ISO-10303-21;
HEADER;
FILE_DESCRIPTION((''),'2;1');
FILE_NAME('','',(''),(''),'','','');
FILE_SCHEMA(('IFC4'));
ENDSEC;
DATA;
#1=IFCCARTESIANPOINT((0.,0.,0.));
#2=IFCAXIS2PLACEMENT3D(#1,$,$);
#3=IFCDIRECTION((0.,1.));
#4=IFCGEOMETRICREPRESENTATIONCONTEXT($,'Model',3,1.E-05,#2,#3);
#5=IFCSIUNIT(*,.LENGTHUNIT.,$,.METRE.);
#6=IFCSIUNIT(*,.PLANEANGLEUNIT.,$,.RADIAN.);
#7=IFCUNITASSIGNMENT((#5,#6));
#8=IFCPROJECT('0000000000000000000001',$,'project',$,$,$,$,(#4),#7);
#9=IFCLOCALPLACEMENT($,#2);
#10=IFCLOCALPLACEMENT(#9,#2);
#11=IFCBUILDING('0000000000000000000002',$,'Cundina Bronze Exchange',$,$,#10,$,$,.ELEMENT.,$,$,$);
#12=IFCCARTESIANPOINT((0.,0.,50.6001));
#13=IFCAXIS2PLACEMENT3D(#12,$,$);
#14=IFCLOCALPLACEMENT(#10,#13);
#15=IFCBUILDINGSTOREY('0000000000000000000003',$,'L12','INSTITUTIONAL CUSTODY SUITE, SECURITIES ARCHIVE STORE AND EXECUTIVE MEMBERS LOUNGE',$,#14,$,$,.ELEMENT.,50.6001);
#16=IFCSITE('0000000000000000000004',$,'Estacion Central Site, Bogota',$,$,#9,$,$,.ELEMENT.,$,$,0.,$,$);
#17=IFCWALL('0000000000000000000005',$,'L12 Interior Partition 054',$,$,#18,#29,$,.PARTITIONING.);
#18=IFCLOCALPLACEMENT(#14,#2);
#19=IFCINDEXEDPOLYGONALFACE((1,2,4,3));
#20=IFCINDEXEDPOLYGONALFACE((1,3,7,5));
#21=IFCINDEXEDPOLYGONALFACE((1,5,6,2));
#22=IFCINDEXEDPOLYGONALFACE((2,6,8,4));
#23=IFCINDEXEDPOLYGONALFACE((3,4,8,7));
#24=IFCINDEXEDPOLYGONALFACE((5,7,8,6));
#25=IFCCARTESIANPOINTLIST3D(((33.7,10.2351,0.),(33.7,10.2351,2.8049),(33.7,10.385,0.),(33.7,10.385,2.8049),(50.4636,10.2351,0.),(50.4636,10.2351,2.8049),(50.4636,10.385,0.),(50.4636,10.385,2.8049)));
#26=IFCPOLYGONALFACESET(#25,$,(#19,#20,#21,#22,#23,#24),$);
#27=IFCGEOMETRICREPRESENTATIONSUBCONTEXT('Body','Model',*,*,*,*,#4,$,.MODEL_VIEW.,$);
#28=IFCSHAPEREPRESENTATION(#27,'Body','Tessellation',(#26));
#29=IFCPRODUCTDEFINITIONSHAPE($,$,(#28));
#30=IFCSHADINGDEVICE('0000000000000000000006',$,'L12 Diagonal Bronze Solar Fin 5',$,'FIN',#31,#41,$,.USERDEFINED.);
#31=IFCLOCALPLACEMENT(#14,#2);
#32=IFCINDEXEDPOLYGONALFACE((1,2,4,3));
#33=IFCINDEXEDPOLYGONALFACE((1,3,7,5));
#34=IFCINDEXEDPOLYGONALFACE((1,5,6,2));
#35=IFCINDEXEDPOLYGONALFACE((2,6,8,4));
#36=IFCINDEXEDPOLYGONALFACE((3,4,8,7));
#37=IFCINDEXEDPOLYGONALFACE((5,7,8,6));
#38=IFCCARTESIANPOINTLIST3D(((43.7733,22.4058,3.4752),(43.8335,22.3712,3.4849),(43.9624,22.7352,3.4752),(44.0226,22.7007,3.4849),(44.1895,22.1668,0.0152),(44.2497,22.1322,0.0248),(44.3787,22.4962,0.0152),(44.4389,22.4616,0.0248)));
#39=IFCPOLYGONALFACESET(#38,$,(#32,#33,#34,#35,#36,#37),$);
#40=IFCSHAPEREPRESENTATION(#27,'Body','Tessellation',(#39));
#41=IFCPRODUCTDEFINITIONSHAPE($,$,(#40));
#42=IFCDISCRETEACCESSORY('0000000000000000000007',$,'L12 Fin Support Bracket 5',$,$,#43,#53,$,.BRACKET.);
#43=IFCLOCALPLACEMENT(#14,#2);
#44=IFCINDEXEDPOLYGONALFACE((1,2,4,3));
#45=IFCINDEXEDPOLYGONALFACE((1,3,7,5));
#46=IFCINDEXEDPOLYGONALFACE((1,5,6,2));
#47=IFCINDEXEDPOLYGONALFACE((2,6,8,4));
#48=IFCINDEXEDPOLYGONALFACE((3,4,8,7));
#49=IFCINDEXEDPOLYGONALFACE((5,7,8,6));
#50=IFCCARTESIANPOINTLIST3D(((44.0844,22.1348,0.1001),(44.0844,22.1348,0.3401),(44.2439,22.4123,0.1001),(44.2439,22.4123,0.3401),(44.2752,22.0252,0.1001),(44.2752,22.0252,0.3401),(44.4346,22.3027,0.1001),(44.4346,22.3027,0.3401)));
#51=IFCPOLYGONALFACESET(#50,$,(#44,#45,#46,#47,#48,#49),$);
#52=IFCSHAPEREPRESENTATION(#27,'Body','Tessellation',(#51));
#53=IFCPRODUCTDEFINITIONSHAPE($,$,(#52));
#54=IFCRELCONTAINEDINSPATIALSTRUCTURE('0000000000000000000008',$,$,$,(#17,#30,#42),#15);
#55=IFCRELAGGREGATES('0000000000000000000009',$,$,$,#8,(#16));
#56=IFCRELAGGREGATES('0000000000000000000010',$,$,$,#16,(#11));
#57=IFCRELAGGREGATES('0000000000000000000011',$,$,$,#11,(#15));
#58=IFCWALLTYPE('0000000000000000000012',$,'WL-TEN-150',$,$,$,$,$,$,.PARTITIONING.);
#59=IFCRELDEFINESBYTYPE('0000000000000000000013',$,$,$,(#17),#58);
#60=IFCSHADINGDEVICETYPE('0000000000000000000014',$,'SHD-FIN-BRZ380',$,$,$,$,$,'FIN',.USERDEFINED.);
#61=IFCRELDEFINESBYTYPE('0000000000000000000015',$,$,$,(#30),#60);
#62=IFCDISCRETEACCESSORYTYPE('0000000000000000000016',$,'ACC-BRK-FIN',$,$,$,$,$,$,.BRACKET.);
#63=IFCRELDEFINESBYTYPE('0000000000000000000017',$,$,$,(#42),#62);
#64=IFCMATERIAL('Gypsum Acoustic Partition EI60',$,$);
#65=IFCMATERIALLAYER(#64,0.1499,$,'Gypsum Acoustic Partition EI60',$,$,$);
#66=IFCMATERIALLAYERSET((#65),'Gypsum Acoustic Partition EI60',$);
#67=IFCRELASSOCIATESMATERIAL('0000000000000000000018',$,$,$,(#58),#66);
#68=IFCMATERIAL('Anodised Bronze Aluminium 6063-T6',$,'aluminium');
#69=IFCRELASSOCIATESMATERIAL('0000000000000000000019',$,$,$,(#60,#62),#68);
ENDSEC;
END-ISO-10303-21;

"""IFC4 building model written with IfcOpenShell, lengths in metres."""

from ifc_helpers import new_model, si_unit, direction, frame, frame_2d, origin, origin_2d, place, context, subcontext, project, spatial, rectangle, extrude, material, layer, layer_set, material_profile, profile_set, type_object, element, save


model = new_model("IFC4")

# Units and contexts
model_context = context("Model", 3, precision=1e-05, world=origin(), true_north=direction((0.0, 1.0)))
body_context = subcontext(model_context, "Body", "Model", "MODEL_VIEW")
ifc_project = project(units=[si_unit("LENGTHUNIT", "METRE"), si_unit("PLANEANGLEUNIT", "RADIAN")], contexts=[model_context])

# Site, building, storey
site_placement = place(None, origin())
site = spatial("IfcSite", under=ifc_project, at=site_placement, Name="Estacion Central Site, Bogota", CompositionType="ELEMENT", RefElevation=0.0)
building_placement = place(site_placement, origin())
building = spatial("IfcBuilding", under=site, at=building_placement, Name="Cundina Bronze Exchange", CompositionType="ELEMENT")
storey_placement = place(building_placement, frame((0.0, 0.0, 50.6001)))
storey = spatial("IfcBuildingStorey", under=building, at=storey_placement, Name="L12", Description="INSTITUTIONAL CUSTODY SUITE, SECURITIES ARCHIVE STORE AND EXECUTIVE MEMBERS LOUNGE", CompositionType="ELEMENT", Elevation=50.6001)

# Shared definitions
ifc_material_1 = material(Name="Anodised Bronze Aluminium 6063-T6", Category="aluminium")

# Wall
ifc_material_2 = material(Name="Gypsum Acoustic Partition EI60")
ifc_layer_1 = layer(ifc_material_2, 0.1499, Name="Gypsum Acoustic Partition EI60")
ifc_layer_set_1 = layer_set([ifc_layer_1], Name="Gypsum Acoustic Partition EI60")
wall_type_1 = type_object("IfcWallType", Name="WL-TEN-150", PredefinedType="PARTITIONING", material=ifc_layer_set_1)
wall_1_placement = place(storey_placement, frame((33.7, 10.3101, 0.0), z_axis=(0.0, 0.0, 1.0), x_axis=(1.0, 0.0, 0.0)))
element("IfcWall", 1, at=wall_1_placement, inside=storey, type_object=wall_type_1, Name="L12 Interior Partition 054", PredefinedType="PARTITIONING", context=body_context, shape_type="SweptSolid", body=[
    extrude(rectangle(XDim=16.7637, YDim=0.1499, at=frame_2d((8.3818, 0.0))), origin(), (0.0, 0.0, 1.0), 2.8049),
])

# Shading device
ifc_material_profile_1 = material_profile(ifc_material_1, rectangle(XDim=0.0701, YDim=0.3799, at=origin_2d()), Name="FIN70X380", Category="aluminium")
ifc_profile_set_1 = profile_set([ifc_material_profile_1], Name="Anodised Bronze Aluminium 6063-T6")
shading_device_type = type_object("IfcShadingDeviceType", Name="SHD-FIN-BRZ380", ElementType="FIN", PredefinedType="USERDEFINED", material=ifc_profile_set_1)
shading_device_placement = place(storey_placement, frame((44.3142, 22.3142, 0.02), z_axis=(-0.119166, 0.068425, 0.990514), x_axis=(0.858982, -0.493222, 0.137414)))
element("IfcShadingDevice", 2, at=shading_device_placement, inside=storey, type_object=shading_device_type, Name="L12 Diagonal Bronze Solar Fin 5", ObjectType="FIN", PredefinedType="USERDEFINED", context=body_context, shape_type="SweptSolid", body=[
    extrude(rectangle(XDim=0.0701, YDim=0.3799, at=origin_2d()), origin(), (0.0, 0.0, 1.0), 3.4932),
])

# Discrete accessory
discrete_accessory_type = type_object("IfcDiscreteAccessoryType", Name="ACC-BRK-FIN", PredefinedType="BRACKET", material=ifc_material_1)
discrete_accessory_placement = place(storey_placement, frame((44.2595, 22.2188, 0.1001), z_axis=(0.0, 0.0, 1.0), x_axis=(-0.867105, 0.498125, 0.0)))
element("IfcDiscreteAccessory", 3, at=discrete_accessory_placement, inside=storey, type_object=discrete_accessory_type, Name="L12 Fin Support Bracket 5", PredefinedType="BRACKET", context=body_context, shape_type="SweptSolid", body=[
    extrude(rectangle(XDim=0.22, YDim=0.3201, at=origin_2d()), origin(), (0.0, 0.0, 1.0), 0.24),
])

save(model, "model.ifc")
